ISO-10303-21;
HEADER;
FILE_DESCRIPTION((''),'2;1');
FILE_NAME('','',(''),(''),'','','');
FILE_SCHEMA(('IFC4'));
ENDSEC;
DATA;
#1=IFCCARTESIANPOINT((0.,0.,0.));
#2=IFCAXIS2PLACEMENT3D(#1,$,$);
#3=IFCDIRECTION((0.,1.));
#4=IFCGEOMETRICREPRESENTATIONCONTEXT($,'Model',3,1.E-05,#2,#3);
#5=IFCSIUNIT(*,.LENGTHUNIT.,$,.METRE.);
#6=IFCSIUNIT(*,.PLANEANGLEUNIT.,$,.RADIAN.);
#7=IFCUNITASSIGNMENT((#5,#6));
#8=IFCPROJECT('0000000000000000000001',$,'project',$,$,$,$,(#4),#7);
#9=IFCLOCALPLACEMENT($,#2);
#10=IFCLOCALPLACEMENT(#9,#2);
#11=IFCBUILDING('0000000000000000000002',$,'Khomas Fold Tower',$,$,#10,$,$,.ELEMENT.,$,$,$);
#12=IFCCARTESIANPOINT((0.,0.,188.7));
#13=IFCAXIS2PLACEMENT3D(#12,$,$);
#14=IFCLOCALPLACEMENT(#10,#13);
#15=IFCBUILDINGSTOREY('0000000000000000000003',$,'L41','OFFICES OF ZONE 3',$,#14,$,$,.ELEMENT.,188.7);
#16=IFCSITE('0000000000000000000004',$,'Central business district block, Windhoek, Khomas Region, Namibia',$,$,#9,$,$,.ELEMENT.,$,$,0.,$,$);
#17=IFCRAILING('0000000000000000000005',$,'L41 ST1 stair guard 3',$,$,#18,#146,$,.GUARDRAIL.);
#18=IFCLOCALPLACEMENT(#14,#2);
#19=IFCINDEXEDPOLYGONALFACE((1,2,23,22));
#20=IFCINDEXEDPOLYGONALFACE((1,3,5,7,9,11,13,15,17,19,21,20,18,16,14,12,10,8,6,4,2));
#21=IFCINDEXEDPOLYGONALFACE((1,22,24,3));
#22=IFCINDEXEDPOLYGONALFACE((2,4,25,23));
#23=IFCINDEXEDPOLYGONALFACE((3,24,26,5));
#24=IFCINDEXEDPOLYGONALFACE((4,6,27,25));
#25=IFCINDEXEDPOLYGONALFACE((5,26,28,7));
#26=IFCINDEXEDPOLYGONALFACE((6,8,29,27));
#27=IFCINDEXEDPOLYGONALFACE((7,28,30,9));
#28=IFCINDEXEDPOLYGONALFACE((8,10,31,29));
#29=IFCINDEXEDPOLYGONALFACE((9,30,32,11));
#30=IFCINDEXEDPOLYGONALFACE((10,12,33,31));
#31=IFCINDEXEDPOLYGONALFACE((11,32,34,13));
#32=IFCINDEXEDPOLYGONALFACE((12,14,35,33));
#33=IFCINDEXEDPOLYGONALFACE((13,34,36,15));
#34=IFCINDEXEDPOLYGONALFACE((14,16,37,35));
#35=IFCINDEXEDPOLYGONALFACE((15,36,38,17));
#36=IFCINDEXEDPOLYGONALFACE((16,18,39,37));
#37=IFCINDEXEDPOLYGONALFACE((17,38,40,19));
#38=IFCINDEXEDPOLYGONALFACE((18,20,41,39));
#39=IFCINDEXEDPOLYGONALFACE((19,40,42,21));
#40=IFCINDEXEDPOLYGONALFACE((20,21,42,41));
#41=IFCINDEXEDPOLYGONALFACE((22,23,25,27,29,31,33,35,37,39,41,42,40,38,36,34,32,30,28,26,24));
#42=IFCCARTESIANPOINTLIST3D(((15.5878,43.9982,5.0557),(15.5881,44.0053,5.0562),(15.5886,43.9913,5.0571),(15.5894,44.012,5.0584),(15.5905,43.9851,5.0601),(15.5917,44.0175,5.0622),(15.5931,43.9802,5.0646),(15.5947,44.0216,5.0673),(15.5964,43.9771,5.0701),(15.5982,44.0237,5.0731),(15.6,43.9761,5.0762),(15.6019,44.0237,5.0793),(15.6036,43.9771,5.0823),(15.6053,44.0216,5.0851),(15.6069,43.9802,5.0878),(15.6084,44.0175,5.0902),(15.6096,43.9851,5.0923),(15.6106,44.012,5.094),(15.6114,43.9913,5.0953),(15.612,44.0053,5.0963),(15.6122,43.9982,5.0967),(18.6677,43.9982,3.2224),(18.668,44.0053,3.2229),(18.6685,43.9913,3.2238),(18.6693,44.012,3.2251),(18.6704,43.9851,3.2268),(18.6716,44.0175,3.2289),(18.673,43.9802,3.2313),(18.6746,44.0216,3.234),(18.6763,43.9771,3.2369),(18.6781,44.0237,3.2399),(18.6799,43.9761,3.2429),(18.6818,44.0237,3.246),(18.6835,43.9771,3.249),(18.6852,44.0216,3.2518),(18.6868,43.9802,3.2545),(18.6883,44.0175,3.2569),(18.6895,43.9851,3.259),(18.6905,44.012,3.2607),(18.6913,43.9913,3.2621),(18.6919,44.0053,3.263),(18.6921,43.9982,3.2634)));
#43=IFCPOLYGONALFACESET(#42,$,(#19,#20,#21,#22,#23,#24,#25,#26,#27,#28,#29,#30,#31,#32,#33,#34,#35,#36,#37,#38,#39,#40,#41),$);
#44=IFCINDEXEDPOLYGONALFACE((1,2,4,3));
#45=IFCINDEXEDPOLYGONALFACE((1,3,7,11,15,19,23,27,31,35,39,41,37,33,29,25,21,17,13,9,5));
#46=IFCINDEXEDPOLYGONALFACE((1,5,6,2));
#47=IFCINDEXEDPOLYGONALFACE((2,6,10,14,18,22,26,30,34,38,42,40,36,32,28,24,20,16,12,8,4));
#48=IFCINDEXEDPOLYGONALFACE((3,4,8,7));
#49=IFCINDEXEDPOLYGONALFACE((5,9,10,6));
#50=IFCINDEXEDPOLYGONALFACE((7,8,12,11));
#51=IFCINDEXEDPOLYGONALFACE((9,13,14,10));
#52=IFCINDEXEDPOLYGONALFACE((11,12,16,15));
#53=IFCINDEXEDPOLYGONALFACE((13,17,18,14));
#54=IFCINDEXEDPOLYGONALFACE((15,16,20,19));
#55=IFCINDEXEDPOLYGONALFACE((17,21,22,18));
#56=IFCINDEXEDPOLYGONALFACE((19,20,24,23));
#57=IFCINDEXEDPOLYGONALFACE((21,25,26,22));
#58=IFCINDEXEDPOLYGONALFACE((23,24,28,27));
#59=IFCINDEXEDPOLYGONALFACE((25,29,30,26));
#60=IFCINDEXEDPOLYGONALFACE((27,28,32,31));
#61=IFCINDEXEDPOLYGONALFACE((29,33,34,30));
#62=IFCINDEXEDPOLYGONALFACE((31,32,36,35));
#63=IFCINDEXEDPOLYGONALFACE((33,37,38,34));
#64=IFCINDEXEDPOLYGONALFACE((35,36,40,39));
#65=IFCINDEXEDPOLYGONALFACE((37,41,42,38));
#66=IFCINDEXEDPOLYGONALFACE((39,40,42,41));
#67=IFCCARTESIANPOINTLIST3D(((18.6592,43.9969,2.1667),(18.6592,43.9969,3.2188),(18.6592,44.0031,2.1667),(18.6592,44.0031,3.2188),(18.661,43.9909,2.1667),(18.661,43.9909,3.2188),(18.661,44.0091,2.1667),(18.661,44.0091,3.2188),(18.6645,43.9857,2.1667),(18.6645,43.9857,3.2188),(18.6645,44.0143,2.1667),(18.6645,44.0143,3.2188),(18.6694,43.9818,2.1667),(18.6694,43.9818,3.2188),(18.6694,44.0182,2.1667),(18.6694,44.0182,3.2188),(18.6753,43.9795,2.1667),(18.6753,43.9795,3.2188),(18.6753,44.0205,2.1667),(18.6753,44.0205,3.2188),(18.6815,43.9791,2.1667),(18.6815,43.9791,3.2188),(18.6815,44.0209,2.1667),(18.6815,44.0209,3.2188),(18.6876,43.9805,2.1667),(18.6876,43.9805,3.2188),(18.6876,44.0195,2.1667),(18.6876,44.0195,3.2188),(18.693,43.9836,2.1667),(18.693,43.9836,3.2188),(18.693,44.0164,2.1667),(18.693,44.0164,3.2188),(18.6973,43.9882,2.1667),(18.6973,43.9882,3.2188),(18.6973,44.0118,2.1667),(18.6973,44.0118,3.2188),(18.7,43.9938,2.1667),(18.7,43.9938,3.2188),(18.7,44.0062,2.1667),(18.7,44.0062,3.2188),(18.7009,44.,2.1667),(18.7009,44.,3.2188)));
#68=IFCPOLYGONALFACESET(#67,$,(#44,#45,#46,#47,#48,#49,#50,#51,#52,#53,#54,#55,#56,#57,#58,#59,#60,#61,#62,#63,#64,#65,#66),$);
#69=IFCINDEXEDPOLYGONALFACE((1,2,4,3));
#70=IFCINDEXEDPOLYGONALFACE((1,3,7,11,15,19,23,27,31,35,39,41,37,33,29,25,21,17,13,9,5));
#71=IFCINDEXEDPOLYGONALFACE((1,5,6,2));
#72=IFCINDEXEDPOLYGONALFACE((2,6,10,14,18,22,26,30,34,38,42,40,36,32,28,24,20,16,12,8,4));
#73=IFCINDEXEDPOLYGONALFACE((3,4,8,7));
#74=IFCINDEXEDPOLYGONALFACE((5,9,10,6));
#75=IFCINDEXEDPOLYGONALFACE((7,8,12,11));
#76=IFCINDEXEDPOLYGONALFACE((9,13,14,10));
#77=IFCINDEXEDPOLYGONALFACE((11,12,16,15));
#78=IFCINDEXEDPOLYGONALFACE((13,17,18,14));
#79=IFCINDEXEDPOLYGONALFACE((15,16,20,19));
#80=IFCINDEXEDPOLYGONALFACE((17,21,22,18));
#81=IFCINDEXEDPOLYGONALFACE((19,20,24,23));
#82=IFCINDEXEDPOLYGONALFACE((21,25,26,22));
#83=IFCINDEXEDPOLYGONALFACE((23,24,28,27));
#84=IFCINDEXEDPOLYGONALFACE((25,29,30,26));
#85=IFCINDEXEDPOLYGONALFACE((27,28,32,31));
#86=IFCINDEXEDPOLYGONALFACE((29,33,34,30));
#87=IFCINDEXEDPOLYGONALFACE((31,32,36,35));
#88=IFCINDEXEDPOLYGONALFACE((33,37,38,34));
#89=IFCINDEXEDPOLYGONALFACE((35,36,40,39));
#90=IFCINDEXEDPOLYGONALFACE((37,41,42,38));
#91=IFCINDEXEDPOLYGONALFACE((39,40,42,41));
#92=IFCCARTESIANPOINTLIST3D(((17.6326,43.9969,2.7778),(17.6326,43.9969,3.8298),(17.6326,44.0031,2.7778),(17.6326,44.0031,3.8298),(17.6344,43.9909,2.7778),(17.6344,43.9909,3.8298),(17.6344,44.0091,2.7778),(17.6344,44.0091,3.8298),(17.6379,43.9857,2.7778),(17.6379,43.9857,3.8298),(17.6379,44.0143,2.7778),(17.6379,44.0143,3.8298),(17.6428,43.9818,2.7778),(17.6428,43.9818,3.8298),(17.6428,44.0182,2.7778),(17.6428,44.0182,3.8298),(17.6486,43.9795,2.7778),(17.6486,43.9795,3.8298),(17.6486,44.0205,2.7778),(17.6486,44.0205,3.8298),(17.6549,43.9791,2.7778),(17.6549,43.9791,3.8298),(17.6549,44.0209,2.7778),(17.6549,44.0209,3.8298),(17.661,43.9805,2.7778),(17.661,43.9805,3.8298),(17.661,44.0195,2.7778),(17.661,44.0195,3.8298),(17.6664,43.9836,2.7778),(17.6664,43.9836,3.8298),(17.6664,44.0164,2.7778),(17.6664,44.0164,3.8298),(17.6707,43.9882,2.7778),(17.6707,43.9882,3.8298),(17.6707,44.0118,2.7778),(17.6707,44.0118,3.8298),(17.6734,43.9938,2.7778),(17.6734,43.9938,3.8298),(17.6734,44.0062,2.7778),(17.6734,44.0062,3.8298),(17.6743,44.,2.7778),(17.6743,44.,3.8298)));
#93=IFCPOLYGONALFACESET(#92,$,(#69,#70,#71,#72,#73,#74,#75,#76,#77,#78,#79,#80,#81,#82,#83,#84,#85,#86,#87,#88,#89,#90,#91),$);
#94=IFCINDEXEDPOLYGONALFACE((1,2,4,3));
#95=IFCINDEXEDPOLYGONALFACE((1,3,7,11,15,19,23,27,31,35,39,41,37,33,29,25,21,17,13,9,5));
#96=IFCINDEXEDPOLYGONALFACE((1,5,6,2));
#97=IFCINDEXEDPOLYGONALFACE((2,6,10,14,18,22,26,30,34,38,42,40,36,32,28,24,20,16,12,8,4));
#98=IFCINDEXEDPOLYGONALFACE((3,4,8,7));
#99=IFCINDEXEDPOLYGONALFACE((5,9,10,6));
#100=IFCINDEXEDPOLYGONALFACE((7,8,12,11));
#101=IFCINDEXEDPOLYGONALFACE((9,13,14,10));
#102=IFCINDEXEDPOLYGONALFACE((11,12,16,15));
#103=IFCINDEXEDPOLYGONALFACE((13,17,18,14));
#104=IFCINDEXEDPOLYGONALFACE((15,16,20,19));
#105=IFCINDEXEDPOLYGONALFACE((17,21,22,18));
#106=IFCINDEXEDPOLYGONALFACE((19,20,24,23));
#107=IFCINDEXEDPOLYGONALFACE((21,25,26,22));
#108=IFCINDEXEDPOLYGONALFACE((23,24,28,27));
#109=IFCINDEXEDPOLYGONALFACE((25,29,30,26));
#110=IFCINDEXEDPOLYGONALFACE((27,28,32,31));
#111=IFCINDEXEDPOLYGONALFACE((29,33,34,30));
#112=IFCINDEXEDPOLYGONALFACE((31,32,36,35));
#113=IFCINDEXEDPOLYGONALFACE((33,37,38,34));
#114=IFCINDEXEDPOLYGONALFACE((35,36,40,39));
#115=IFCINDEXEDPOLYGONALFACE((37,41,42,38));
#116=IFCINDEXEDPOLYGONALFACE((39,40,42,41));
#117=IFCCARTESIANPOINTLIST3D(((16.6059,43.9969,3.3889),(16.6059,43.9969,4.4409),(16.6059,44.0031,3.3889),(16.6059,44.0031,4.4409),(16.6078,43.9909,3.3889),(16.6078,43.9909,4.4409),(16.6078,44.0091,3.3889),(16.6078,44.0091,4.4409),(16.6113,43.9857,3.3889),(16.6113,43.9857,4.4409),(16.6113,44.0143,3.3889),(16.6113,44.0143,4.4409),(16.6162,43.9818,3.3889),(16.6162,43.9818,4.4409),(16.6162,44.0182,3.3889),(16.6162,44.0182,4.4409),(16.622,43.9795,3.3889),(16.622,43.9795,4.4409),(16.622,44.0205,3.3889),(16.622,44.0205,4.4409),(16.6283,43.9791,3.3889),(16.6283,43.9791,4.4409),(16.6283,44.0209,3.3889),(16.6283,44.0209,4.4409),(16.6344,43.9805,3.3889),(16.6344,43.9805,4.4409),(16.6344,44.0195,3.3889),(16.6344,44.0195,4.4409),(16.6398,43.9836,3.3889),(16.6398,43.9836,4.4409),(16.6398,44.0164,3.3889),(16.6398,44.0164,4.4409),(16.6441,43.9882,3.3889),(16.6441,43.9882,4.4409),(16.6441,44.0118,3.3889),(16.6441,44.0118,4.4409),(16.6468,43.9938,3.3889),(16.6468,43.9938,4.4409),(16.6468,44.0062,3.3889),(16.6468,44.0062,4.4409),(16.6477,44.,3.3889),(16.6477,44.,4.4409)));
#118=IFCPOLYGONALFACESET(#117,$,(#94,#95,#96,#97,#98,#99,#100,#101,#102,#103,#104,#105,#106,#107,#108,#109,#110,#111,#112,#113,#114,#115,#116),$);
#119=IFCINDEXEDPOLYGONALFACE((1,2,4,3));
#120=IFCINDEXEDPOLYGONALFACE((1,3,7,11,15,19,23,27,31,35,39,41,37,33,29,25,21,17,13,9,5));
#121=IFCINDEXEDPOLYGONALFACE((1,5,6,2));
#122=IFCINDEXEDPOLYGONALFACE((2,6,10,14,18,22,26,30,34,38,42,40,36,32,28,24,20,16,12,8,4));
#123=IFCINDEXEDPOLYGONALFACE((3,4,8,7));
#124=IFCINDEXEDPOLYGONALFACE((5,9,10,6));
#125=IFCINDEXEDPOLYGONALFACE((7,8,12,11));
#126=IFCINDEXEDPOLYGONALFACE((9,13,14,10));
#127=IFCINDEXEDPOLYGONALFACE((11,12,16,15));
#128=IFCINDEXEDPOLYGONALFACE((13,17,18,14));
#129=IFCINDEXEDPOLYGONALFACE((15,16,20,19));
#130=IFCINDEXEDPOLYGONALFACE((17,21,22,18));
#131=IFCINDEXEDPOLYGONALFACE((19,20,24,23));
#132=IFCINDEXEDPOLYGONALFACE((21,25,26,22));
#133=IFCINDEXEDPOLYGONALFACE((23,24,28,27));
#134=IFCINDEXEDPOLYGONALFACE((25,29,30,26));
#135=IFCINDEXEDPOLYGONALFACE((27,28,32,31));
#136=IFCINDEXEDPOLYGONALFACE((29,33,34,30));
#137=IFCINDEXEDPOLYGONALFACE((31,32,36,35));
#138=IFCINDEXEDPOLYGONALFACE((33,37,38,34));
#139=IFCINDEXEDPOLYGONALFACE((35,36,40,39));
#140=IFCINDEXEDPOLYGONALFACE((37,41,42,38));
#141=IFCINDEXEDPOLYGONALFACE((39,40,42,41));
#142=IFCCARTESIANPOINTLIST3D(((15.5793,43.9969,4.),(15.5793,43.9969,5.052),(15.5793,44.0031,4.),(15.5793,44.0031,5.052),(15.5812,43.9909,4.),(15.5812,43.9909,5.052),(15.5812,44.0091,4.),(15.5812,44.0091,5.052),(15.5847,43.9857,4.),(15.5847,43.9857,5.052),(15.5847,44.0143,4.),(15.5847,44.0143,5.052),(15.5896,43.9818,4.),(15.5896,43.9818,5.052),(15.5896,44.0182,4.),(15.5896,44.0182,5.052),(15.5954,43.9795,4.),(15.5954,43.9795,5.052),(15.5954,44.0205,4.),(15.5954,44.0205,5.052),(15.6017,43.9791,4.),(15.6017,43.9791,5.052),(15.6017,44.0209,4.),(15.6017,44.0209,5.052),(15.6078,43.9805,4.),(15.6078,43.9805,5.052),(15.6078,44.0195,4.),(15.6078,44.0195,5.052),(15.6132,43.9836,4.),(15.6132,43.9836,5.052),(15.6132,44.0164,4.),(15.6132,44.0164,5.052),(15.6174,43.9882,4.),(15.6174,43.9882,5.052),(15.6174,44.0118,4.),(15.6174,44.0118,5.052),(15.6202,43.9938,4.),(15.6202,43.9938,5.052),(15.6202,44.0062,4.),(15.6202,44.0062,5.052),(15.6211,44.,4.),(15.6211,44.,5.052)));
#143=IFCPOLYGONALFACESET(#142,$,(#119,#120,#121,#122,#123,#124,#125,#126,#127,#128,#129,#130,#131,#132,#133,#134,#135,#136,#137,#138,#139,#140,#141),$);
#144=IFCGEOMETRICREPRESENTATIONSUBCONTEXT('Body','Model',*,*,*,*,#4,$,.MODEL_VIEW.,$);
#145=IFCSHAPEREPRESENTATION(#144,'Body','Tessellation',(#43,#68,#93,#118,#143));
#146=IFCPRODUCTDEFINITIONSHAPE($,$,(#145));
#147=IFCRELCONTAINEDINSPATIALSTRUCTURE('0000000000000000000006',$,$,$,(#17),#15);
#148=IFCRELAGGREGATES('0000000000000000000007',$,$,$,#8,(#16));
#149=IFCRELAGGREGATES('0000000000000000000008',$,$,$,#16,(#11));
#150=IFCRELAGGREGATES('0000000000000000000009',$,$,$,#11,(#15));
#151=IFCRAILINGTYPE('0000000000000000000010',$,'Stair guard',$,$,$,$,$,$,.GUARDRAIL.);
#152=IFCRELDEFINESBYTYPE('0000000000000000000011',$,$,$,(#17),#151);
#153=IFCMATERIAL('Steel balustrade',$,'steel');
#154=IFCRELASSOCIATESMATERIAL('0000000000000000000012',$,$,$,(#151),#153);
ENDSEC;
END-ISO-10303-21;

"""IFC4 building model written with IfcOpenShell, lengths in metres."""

from ifc_helpers import new_model, si_unit, direction, frame, origin, origin_2d, place, context, subcontext, project, spatial, circle, extrude, source, transform, mapped, material, type_object, element, save


model = new_model("IFC4")

# Units and contexts
model_context = context("Model", 3, precision=1e-05, world=origin(), true_north=direction((0.0, 1.0)))
body_context = subcontext(model_context, "Body", "Model", "MODEL_VIEW")
ifc_project = project(units=[si_unit("LENGTHUNIT", "METRE"), si_unit("PLANEANGLEUNIT", "RADIAN")], contexts=[model_context])

# Site, building, storey
site_placement = place(None, origin())
site = spatial("IfcSite", under=ifc_project, at=site_placement, Name="Central business district block, Windhoek, Khomas Region, Namibia", CompositionType="ELEMENT", RefElevation=0.0)
building_placement = place(site_placement, origin())
building = spatial("IfcBuilding", under=site, at=building_placement, Name="Khomas Fold Tower", CompositionType="ELEMENT")
storey_placement = place(building_placement, frame((0.0, 0.0, 188.7)))
storey = spatial("IfcBuildingStorey", under=building, at=storey_placement, Name="L41", Description="OFFICES OF ZONE 3", CompositionType="ELEMENT", Elevation=188.7)

# Railing
ifc_material_1 = material(Name="Steel balustrade", Category="steel")
railing_type_1 = type_object("IfcRailingType", Name="Stair guard", PredefinedType="GUARDRAIL", material=ifc_material_1)
shared_shape_1 = source(origin(), body_context, "Body", "SweptSolid", [
    extrude(circle(Radius=0.0239, at=origin_2d()), frame((0.0, 0.0, 1.0762), z_axis=(-0.859291, 0.0, 0.511487), x_axis=(0.0, -1.0, 0.0)), (0.0, 0.0, 1.0), 3.5842),
    extrude(circle(Radius=0.021, at=origin_2d()), origin(), (0.0, 0.0, 1.0), 1.052),
    extrude(circle(Radius=0.021, at=origin_2d()), frame((-1.0266, 0.0, 0.6111)), (0.0, 0.0, 1.0), 1.052),
    extrude(circle(Radius=0.021, at=origin_2d()), frame((-2.0532, 0.0, 1.2222)), (0.0, 0.0, 1.0), 1.052),
    extrude(circle(Radius=0.021, at=origin_2d()), frame((-3.0798, 0.0, 1.8333)), (0.0, 0.0, 1.0), 1.052),
])
railing_1_placement = place(storey_placement, frame((18.6799, 44.0, 2.1667)))
element("IfcRailing", 1, at=railing_1_placement, inside=storey, type_object=railing_type_1, Name="L41 ST1 stair guard 3", PredefinedType="GUARDRAIL", context=body_context, shape_type="MappedRepresentation", body=[
    mapped(shared_shape_1, transform((0.0, 0.0, 0.0))),
])

save(model, "model.ifc")
